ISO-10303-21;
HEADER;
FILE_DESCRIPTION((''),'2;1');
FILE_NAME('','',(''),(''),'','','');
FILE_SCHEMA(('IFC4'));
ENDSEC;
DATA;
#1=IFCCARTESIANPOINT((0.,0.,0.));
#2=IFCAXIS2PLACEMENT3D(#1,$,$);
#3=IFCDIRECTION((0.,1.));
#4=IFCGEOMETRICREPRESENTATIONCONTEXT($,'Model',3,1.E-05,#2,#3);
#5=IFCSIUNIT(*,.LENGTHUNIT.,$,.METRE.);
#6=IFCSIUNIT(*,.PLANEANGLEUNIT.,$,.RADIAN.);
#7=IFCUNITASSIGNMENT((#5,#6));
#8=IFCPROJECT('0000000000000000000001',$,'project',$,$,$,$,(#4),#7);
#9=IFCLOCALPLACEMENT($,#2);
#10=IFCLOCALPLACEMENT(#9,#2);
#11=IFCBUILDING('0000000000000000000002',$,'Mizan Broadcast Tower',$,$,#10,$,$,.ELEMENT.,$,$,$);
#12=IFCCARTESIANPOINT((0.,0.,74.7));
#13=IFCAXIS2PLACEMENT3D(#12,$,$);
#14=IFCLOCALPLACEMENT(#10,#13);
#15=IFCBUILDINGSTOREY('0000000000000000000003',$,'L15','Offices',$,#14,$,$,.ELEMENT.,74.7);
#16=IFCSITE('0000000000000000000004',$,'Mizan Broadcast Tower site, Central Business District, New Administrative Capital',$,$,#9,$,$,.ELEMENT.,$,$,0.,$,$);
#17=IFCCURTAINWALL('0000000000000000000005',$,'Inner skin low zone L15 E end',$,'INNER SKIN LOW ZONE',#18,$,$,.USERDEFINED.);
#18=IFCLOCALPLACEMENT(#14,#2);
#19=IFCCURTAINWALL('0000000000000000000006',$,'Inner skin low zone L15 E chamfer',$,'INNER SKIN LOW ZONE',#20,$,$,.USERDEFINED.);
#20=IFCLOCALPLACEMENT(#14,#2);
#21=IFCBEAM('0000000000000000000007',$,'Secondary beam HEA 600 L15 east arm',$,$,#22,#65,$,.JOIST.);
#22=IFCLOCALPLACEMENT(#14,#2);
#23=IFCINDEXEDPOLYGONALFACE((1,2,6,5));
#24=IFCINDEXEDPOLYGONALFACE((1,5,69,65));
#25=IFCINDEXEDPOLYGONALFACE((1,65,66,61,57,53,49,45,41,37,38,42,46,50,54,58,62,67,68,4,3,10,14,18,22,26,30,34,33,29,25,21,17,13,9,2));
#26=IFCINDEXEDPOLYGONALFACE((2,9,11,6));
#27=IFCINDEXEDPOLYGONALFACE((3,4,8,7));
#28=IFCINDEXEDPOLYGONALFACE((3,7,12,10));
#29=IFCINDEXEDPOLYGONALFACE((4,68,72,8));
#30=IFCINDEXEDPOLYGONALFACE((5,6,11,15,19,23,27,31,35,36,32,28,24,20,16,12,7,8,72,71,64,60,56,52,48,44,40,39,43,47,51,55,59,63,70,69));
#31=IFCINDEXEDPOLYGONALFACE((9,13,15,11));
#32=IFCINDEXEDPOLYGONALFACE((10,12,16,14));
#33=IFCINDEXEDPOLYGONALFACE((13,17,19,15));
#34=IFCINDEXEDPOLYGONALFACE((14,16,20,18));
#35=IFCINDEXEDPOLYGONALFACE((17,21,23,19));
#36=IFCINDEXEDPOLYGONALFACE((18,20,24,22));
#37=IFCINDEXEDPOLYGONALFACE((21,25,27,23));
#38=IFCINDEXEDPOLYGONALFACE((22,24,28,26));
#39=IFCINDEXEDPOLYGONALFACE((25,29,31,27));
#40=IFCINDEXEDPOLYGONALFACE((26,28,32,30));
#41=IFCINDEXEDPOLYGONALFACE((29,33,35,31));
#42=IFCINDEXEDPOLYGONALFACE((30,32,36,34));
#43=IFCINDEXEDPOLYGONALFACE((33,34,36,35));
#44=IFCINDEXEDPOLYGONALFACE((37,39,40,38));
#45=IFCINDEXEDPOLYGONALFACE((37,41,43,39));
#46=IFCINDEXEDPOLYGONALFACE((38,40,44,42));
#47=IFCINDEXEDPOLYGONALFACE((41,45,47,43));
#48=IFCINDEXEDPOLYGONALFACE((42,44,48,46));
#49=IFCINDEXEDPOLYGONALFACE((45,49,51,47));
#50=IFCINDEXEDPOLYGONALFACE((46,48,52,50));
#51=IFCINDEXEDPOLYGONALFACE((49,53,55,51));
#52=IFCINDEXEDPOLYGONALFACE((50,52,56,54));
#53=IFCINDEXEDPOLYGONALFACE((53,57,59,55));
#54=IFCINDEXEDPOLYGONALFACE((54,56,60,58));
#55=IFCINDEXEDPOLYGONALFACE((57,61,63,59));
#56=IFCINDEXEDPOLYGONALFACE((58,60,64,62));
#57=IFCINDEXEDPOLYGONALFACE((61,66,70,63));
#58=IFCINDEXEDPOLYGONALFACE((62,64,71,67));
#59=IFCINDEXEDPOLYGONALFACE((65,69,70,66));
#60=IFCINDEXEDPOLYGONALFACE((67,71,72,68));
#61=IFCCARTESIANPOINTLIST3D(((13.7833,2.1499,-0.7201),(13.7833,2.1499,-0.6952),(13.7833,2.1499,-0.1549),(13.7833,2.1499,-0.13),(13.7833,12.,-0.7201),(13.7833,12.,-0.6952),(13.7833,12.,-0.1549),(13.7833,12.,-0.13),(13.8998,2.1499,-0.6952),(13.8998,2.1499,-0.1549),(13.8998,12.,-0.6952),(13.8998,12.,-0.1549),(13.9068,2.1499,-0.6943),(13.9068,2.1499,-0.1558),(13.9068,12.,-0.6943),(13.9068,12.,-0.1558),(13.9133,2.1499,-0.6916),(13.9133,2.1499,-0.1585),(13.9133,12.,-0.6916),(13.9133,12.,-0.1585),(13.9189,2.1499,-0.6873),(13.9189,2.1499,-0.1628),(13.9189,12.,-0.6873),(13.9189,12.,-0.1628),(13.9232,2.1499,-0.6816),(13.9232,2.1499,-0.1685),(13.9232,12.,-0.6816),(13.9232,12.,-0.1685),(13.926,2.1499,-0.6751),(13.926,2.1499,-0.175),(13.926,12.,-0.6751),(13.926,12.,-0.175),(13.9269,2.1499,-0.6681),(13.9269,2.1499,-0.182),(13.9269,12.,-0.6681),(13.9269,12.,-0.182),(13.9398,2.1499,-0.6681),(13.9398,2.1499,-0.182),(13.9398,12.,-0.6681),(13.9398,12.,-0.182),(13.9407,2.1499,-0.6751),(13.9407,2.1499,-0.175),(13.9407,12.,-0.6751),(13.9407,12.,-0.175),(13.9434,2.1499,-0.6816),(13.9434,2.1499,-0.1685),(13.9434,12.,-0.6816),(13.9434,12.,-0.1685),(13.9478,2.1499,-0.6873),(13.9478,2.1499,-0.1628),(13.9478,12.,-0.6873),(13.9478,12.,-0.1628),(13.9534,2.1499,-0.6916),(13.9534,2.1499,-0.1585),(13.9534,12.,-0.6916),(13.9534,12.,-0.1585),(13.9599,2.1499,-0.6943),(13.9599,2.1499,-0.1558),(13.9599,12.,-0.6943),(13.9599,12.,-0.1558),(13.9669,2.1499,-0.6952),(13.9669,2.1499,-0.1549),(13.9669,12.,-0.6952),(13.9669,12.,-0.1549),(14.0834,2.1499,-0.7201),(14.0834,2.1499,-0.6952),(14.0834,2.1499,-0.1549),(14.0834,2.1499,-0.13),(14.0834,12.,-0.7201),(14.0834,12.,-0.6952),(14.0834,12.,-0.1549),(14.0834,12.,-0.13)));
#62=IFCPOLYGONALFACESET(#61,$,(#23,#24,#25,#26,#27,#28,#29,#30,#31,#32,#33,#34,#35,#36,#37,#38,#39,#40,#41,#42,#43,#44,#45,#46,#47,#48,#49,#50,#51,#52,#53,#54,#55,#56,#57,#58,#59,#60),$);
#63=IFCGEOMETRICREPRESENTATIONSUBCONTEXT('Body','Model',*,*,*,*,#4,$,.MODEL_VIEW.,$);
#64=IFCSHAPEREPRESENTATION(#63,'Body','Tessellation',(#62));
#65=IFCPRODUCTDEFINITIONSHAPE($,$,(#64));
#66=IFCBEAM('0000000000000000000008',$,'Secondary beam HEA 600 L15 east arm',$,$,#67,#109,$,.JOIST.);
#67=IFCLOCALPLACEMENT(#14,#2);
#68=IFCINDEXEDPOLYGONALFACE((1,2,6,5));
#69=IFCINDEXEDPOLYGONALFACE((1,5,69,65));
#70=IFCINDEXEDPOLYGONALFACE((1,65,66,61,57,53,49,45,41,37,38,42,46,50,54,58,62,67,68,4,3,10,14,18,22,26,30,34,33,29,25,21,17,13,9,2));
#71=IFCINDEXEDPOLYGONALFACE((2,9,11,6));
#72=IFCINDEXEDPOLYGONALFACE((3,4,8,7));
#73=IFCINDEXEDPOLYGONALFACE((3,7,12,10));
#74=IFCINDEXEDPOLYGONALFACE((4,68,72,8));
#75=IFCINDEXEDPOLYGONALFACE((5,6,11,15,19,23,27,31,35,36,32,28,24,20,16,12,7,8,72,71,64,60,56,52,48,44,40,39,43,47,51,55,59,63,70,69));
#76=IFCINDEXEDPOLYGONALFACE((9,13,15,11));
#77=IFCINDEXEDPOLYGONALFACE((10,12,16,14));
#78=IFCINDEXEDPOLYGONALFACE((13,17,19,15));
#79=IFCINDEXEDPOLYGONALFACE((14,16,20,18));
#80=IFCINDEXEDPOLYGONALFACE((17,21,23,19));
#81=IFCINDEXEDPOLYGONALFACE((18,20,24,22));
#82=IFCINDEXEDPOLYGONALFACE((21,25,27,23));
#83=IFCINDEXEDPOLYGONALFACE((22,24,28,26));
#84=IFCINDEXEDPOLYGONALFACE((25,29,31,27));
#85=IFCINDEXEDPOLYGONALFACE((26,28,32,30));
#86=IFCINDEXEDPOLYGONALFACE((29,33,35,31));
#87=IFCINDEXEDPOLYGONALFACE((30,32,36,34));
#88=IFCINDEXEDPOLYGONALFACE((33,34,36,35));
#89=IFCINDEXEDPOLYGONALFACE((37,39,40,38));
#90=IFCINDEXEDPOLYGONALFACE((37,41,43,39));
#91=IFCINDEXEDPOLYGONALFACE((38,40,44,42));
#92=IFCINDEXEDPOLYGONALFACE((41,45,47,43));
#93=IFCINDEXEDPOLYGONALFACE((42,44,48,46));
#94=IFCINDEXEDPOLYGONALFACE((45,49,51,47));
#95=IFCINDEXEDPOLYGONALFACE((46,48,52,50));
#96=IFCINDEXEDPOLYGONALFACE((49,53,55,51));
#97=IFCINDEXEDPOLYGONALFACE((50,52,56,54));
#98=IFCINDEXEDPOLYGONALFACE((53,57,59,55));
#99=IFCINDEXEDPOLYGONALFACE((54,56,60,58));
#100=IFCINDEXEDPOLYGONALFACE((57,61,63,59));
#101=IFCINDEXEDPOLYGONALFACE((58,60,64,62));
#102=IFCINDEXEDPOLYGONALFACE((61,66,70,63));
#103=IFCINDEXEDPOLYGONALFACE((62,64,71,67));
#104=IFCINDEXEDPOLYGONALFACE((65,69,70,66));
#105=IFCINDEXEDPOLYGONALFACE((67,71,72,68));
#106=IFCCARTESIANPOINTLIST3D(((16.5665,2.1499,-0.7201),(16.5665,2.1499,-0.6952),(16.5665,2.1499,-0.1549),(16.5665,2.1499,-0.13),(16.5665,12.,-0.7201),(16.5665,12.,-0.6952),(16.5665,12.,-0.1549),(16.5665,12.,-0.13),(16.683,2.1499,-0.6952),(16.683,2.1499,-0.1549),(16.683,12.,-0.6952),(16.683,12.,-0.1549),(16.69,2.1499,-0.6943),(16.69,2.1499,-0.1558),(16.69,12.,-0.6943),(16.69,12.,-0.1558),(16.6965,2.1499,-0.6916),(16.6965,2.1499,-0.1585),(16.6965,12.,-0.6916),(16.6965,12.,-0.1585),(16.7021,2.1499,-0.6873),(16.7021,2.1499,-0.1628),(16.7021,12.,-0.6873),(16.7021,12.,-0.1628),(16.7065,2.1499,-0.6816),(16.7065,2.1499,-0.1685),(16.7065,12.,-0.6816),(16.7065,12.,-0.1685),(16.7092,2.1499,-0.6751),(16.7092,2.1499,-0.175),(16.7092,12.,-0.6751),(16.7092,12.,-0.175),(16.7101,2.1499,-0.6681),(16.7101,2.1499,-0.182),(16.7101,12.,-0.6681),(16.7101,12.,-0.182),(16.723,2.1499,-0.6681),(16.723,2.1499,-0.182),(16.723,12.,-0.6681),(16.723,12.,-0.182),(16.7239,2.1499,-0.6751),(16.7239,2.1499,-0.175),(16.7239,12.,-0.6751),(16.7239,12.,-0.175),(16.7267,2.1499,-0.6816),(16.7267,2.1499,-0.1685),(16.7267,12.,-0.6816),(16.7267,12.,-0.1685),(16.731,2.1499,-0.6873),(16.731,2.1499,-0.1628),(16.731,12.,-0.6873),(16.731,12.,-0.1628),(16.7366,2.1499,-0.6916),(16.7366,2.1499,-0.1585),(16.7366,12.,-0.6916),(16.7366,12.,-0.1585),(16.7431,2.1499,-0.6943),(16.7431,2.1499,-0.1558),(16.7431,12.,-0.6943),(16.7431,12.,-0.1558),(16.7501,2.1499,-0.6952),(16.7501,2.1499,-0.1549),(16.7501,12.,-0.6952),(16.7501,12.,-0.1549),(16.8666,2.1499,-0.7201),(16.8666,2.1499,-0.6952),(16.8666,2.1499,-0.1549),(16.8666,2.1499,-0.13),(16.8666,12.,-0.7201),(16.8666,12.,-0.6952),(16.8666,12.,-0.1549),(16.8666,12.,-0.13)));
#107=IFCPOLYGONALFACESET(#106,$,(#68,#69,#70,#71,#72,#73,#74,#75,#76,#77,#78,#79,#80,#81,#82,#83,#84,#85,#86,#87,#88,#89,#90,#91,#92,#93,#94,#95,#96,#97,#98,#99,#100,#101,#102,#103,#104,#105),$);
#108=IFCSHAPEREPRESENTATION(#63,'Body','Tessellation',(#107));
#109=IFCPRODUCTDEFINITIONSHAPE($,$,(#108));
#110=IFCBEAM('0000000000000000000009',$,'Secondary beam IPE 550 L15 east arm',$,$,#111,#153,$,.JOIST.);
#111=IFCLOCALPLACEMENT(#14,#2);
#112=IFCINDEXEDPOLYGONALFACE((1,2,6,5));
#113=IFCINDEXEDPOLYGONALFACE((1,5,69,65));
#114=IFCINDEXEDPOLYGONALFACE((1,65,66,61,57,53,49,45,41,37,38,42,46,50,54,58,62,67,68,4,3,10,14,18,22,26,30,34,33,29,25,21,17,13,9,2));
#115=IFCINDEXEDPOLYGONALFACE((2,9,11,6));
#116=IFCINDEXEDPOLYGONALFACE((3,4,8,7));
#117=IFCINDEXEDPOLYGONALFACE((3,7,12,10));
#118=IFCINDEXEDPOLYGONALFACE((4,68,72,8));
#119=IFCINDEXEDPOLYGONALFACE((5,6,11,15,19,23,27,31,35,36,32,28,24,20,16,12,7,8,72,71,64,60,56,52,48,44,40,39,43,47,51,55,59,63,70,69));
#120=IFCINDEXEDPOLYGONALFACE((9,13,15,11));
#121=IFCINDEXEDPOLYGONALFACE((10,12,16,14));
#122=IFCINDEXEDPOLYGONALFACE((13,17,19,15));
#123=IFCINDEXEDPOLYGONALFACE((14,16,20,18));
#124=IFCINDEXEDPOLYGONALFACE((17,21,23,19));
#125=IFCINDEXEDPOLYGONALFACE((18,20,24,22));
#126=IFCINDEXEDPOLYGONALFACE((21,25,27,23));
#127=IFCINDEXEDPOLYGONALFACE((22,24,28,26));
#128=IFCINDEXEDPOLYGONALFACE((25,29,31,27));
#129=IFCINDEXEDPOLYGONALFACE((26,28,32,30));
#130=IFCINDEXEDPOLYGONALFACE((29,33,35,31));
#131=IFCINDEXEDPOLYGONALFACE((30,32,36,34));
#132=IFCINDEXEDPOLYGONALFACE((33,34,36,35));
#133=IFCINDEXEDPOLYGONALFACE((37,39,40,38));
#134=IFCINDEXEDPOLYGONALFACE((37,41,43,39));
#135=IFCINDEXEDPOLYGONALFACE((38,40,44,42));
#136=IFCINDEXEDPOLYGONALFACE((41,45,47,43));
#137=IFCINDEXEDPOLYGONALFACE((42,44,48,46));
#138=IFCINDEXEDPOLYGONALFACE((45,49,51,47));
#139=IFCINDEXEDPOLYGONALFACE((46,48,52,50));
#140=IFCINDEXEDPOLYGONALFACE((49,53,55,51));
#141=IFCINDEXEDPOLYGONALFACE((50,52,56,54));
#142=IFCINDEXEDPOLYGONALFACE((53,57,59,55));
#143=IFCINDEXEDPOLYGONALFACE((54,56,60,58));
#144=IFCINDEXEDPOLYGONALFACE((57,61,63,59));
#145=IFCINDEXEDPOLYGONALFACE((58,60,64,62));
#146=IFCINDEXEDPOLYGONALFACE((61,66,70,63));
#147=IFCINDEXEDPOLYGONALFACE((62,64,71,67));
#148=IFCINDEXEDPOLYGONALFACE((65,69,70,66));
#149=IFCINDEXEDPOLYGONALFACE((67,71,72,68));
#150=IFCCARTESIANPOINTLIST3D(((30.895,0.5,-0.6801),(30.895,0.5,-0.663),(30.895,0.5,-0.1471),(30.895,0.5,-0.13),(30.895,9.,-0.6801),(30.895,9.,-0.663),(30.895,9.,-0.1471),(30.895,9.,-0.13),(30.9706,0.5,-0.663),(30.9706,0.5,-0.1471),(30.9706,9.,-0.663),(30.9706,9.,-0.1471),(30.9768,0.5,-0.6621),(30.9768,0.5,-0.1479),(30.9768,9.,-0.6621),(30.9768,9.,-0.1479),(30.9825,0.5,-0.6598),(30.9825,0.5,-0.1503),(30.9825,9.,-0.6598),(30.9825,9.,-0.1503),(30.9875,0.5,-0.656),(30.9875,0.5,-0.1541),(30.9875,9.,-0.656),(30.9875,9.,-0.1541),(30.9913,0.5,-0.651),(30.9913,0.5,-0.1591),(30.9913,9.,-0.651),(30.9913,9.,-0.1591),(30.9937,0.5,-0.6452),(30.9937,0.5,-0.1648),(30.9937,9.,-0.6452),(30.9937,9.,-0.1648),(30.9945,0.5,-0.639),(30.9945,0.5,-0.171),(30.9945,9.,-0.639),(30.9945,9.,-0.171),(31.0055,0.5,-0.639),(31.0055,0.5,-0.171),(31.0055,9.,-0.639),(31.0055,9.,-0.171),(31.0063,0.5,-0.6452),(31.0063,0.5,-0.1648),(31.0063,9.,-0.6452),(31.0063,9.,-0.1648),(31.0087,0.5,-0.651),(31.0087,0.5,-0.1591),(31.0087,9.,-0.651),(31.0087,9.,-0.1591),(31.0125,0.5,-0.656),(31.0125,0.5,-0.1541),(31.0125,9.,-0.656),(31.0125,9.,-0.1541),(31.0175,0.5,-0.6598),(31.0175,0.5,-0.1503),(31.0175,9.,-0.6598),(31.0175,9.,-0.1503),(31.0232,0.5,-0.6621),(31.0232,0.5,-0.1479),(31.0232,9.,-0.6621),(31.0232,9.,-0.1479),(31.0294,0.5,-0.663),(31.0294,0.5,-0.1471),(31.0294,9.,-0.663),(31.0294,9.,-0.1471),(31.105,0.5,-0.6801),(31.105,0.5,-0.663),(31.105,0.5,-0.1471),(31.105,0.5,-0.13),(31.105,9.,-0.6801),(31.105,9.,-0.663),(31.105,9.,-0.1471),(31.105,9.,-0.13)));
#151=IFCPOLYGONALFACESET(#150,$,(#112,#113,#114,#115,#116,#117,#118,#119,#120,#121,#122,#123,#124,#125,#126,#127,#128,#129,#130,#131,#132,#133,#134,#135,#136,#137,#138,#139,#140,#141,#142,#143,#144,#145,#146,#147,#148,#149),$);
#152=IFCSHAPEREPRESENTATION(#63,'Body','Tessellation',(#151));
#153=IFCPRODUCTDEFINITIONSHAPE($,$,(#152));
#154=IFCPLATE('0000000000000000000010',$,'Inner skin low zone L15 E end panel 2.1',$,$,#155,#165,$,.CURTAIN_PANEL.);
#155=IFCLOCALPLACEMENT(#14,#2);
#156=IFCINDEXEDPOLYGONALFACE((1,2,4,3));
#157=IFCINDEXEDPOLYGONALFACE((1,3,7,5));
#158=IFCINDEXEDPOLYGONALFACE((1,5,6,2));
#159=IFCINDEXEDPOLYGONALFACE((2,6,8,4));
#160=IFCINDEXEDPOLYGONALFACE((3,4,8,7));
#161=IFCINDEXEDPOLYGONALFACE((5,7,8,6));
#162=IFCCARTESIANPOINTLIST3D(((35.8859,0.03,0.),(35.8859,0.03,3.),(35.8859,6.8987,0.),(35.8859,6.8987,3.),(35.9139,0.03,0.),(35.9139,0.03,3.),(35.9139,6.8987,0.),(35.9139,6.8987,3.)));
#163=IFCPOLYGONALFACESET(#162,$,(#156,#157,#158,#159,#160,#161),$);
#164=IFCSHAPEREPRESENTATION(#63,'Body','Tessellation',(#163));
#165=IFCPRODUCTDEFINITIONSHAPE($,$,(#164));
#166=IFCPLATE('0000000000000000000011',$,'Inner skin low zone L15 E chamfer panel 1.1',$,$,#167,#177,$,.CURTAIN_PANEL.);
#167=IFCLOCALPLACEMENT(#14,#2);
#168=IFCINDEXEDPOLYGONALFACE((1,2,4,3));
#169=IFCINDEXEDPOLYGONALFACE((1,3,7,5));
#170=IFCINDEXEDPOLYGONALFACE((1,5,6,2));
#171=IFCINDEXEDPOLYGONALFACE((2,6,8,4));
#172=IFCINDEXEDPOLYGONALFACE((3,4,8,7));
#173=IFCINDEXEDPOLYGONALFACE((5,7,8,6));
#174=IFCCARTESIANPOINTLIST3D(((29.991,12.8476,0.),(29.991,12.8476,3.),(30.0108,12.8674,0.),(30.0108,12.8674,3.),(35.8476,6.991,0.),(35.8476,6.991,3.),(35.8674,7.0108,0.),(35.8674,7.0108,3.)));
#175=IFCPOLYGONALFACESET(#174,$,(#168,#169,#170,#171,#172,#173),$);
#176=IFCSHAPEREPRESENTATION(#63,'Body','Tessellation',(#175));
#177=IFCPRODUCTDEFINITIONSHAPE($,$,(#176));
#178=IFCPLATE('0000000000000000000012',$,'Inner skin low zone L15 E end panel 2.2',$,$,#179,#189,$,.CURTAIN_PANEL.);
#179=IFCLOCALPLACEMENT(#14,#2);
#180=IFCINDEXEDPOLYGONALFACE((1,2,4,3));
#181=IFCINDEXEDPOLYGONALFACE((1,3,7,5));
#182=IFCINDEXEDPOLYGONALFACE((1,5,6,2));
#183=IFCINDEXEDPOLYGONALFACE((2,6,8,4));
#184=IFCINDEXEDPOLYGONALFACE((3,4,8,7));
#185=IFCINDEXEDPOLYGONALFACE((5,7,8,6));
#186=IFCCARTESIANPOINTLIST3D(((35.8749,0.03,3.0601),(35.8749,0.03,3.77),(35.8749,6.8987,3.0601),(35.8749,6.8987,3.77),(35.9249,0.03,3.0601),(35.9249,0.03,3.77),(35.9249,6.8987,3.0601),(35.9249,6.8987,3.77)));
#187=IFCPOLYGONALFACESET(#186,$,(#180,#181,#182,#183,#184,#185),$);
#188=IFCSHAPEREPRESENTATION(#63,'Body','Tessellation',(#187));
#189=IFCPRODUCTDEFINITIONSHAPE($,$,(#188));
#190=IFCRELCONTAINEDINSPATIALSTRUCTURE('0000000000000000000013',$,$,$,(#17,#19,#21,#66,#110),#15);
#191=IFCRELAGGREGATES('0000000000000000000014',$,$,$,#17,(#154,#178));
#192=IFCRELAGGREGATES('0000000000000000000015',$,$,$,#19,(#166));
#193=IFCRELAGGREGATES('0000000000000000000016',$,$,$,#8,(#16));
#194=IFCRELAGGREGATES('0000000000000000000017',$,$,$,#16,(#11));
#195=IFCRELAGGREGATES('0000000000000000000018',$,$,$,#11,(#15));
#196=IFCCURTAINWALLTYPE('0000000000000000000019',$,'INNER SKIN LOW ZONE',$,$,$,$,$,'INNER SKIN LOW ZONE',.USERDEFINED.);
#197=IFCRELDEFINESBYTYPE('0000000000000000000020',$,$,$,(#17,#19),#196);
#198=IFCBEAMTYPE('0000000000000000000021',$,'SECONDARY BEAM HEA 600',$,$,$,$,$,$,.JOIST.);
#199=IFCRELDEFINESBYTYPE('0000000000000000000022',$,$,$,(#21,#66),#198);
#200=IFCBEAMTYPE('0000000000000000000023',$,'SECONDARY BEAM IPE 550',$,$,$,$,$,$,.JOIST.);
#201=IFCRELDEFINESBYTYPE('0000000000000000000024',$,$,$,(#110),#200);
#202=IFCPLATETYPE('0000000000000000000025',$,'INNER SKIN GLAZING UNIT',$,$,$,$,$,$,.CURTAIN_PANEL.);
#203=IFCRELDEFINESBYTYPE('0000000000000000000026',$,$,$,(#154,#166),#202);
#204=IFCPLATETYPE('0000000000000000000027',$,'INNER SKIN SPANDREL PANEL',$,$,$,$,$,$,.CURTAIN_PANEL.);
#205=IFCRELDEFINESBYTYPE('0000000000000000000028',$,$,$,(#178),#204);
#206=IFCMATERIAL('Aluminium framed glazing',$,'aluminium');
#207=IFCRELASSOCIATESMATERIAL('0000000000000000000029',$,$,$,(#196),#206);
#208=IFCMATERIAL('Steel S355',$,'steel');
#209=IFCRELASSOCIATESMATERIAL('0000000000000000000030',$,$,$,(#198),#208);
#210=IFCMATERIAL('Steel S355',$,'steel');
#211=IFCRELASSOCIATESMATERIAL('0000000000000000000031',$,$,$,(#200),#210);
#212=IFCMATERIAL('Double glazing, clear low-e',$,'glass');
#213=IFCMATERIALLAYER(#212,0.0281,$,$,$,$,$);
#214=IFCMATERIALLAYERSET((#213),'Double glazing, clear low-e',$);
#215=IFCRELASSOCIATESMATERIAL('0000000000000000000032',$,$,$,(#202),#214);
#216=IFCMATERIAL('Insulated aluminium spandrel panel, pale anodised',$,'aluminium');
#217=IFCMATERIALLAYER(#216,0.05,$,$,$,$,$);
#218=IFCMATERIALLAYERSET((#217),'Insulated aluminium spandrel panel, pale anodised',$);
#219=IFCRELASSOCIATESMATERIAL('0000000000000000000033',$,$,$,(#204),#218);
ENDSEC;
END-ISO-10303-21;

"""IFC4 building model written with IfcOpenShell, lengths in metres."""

from ifc_helpers import new_model, si_unit, direction, frame, origin, origin_2d, place, context, subcontext, project, spatial, rectangle, i_section, extrude, material, layer, layer_set, material_profile, profile_set, type_object, element, aggregate, save


model = new_model("IFC4")

# Units and contexts
model_context = context("Model", 3, precision=1e-05, world=origin(), true_north=direction((0.0, 1.0)))
body_context = subcontext(model_context, "Body", "Model", "MODEL_VIEW")
ifc_project = project(units=[si_unit("LENGTHUNIT", "METRE"), si_unit("PLANEANGLEUNIT", "RADIAN")], contexts=[model_context])

# Site, building, storey
site_placement = place(None, origin())
site = spatial("IfcSite", under=ifc_project, at=site_placement, Name="Mizan Broadcast Tower site, Central Business District, New Administrative Capital", CompositionType="ELEMENT", RefElevation=0.0)
building_placement = place(site_placement, origin())
building = spatial("IfcBuilding", under=site, at=building_placement, Name="Mizan Broadcast Tower", CompositionType="ELEMENT")
storey_placement = place(building_placement, frame((0.0, 0.0, 74.7)))
storey = spatial("IfcBuildingStorey", under=building, at=storey_placement, Name="L15", Description="Offices", CompositionType="ELEMENT", Elevation=74.7)

# Curtain wall
ifc_material_1 = material(Name="Aluminium framed glazing", Category="aluminium")
curtain_wall_type_1 = type_object("IfcCurtainWallType", Name="INNER SKIN LOW ZONE", ElementType="INNER SKIN LOW ZONE", PredefinedType="USERDEFINED", material=ifc_material_1)
curtain_wall_1_placement = place(storey_placement, origin())
curtain_wall_1 = element("IfcCurtainWall", 1, at=curtain_wall_1_placement, inside=storey, type_object=curtain_wall_type_1, Name="Inner skin low zone L15 E end", ObjectType="INNER SKIN LOW ZONE", PredefinedType="USERDEFINED")

# Curtain wall
curtain_wall_2_placement = place(storey_placement, origin())
curtain_wall_2 = element("IfcCurtainWall", 2, at=curtain_wall_2_placement, inside=storey, type_object=curtain_wall_type_1, Name="Inner skin low zone L15 E chamfer", ObjectType="INNER SKIN LOW ZONE", PredefinedType="USERDEFINED")

# Beams
ifc_material_2 = material(Name="Steel S355", Category="steel")
ifc_material_profile_1 = material_profile(ifc_material_2, i_section(OverallWidth=0.3, OverallDepth=0.5901, WebThickness=0.0129, FlangeThickness=0.0249, FilletRadius=0.0271, at=origin_2d()), Name="HEA 600")
ifc_profile_set_1 = profile_set([ifc_material_profile_1], Name="Steel S355")
beam_type_1 = type_object("IfcBeamType", Name="SECONDARY BEAM HEA 600", PredefinedType="JOIST", material=ifc_profile_set_1)
for number, where, z_axis, x_axis, name in (
    (3, (13.9333, 12.0, -0.425), (0.0, -1.0, 0.0), (1.0, 0.0, 0.0), "Secondary beam HEA 600 L15 east arm"),
    (4, (16.7166, 12.0, -0.425), (0.0, -1.0, 0.0), (1.0, 0.0, 0.0), "Secondary beam HEA 600 L15 east arm"),
):
    element("IfcBeam", number, at=place(storey_placement, frame(where, z_axis=z_axis, x_axis=x_axis)), inside=storey, type_object=beam_type_1, Name=name, PredefinedType="JOIST", context=body_context, shape_type="SweptSolid", body=[
        extrude(i_section(OverallWidth=0.3, OverallDepth=0.5901, WebThickness=0.0129, FlangeThickness=0.0249, FilletRadius=0.0271, at=origin_2d()), origin(), (0.0, 0.0, 1.0), 9.8501),
    ])
ifc_material_3 = material(Name="Steel S355", Category="steel")
ifc_material_profile_2 = material_profile(ifc_material_3, i_section(OverallWidth=0.21, OverallDepth=0.55, WebThickness=0.011, FlangeThickness=0.0171, FilletRadius=0.0239, at=origin_2d()), Name="IPE 550")
ifc_profile_set_2 = profile_set([ifc_material_profile_2], Name="Steel S355")
beam_type_2 = type_object("IfcBeamType", Name="SECONDARY BEAM IPE 550", PredefinedType="JOIST", material=ifc_profile_set_2)
beam_1_placement = place(storey_placement, frame((31.0, 9.0, -0.405), z_axis=(0.0, -1.0, 0.0), x_axis=(1.0, 0.0, 0.0)))
element("IfcBeam", 5, at=beam_1_placement, inside=storey, type_object=beam_type_2, Name="Secondary beam IPE 550 L15 east arm", PredefinedType="JOIST", context=body_context, shape_type="SweptSolid", body=[
    extrude(i_section(OverallWidth=0.21, OverallDepth=0.55, WebThickness=0.011, FlangeThickness=0.0171, FilletRadius=0.0239, at=origin_2d()), origin(), (0.0, 0.0, 1.0), 8.5),
])

# Plates
ifc_material_4 = material(Name="Double glazing, clear low-e", Category="glass")
ifc_layer_1 = layer(ifc_material_4, 0.0281)
ifc_layer_set_1 = layer_set([ifc_layer_1], Name="Double glazing, clear low-e")
plate_type_1 = type_object("IfcPlateType", Name="INNER SKIN GLAZING UNIT", PredefinedType="CURTAIN_PANEL", material=ifc_layer_set_1)
plate_1_placement = place(storey_placement, frame((35.8999, 3.4644, 0.0), z_axis=(0.0, 0.0, 1.0), x_axis=(0.0, 1.0, 0.0)))
plate_1 = element("IfcPlate", 6, at=plate_1_placement, type_object=plate_type_1, Name="Inner skin low zone L15 E end panel 2.1", PredefinedType="CURTAIN_PANEL", context=body_context, shape_type="SweptSolid", body=[
    extrude(rectangle(XDim=6.8687, YDim=0.0281, at=origin_2d()), origin(), (0.0, 0.0, 1.0), 3.0),
])
plate_2_placement = place(storey_placement, frame((32.9292, 9.9292, 0.0), z_axis=(0.0, 0.0, 1.0), x_axis=(-0.707107, 0.707107, 0.0)))
plate_2 = element("IfcPlate", 7, at=plate_2_placement, type_object=plate_type_1, Name="Inner skin low zone L15 E chamfer panel 1.1", PredefinedType="CURTAIN_PANEL", context=body_context, shape_type="SweptSolid", body=[
    extrude(rectangle(XDim=8.2825, YDim=0.0281, at=origin_2d()), origin(), (0.0, 0.0, 1.0), 3.0),
])
ifc_material_5 = material(Name="Insulated aluminium spandrel panel, pale anodised", Category="aluminium")
ifc_layer_2 = layer(ifc_material_5, 0.05)
ifc_layer_set_2 = layer_set([ifc_layer_2], Name="Insulated aluminium spandrel panel, pale anodised")
plate_type_2 = type_object("IfcPlateType", Name="INNER SKIN SPANDREL PANEL", PredefinedType="CURTAIN_PANEL", material=ifc_layer_set_2)
plate_3_placement = place(storey_placement, frame((35.8999, 3.4644, 3.0601), z_axis=(0.0, 0.0, 1.0), x_axis=(0.0, 1.0, 0.0)))
plate_3 = element("IfcPlate", 8, at=plate_3_placement, type_object=plate_type_2, Name="Inner skin low zone L15 E end panel 2.2", PredefinedType="CURTAIN_PANEL", context=body_context, shape_type="SweptSolid", body=[
    extrude(rectangle(XDim=6.8687, YDim=0.05, at=origin_2d()), origin(), (0.0, 0.0, 1.0), 0.71),
])
aggregate(curtain_wall_1, [plate_1, plate_3])
aggregate(curtain_wall_2, [plate_2])

save(model, "model.ifc")
